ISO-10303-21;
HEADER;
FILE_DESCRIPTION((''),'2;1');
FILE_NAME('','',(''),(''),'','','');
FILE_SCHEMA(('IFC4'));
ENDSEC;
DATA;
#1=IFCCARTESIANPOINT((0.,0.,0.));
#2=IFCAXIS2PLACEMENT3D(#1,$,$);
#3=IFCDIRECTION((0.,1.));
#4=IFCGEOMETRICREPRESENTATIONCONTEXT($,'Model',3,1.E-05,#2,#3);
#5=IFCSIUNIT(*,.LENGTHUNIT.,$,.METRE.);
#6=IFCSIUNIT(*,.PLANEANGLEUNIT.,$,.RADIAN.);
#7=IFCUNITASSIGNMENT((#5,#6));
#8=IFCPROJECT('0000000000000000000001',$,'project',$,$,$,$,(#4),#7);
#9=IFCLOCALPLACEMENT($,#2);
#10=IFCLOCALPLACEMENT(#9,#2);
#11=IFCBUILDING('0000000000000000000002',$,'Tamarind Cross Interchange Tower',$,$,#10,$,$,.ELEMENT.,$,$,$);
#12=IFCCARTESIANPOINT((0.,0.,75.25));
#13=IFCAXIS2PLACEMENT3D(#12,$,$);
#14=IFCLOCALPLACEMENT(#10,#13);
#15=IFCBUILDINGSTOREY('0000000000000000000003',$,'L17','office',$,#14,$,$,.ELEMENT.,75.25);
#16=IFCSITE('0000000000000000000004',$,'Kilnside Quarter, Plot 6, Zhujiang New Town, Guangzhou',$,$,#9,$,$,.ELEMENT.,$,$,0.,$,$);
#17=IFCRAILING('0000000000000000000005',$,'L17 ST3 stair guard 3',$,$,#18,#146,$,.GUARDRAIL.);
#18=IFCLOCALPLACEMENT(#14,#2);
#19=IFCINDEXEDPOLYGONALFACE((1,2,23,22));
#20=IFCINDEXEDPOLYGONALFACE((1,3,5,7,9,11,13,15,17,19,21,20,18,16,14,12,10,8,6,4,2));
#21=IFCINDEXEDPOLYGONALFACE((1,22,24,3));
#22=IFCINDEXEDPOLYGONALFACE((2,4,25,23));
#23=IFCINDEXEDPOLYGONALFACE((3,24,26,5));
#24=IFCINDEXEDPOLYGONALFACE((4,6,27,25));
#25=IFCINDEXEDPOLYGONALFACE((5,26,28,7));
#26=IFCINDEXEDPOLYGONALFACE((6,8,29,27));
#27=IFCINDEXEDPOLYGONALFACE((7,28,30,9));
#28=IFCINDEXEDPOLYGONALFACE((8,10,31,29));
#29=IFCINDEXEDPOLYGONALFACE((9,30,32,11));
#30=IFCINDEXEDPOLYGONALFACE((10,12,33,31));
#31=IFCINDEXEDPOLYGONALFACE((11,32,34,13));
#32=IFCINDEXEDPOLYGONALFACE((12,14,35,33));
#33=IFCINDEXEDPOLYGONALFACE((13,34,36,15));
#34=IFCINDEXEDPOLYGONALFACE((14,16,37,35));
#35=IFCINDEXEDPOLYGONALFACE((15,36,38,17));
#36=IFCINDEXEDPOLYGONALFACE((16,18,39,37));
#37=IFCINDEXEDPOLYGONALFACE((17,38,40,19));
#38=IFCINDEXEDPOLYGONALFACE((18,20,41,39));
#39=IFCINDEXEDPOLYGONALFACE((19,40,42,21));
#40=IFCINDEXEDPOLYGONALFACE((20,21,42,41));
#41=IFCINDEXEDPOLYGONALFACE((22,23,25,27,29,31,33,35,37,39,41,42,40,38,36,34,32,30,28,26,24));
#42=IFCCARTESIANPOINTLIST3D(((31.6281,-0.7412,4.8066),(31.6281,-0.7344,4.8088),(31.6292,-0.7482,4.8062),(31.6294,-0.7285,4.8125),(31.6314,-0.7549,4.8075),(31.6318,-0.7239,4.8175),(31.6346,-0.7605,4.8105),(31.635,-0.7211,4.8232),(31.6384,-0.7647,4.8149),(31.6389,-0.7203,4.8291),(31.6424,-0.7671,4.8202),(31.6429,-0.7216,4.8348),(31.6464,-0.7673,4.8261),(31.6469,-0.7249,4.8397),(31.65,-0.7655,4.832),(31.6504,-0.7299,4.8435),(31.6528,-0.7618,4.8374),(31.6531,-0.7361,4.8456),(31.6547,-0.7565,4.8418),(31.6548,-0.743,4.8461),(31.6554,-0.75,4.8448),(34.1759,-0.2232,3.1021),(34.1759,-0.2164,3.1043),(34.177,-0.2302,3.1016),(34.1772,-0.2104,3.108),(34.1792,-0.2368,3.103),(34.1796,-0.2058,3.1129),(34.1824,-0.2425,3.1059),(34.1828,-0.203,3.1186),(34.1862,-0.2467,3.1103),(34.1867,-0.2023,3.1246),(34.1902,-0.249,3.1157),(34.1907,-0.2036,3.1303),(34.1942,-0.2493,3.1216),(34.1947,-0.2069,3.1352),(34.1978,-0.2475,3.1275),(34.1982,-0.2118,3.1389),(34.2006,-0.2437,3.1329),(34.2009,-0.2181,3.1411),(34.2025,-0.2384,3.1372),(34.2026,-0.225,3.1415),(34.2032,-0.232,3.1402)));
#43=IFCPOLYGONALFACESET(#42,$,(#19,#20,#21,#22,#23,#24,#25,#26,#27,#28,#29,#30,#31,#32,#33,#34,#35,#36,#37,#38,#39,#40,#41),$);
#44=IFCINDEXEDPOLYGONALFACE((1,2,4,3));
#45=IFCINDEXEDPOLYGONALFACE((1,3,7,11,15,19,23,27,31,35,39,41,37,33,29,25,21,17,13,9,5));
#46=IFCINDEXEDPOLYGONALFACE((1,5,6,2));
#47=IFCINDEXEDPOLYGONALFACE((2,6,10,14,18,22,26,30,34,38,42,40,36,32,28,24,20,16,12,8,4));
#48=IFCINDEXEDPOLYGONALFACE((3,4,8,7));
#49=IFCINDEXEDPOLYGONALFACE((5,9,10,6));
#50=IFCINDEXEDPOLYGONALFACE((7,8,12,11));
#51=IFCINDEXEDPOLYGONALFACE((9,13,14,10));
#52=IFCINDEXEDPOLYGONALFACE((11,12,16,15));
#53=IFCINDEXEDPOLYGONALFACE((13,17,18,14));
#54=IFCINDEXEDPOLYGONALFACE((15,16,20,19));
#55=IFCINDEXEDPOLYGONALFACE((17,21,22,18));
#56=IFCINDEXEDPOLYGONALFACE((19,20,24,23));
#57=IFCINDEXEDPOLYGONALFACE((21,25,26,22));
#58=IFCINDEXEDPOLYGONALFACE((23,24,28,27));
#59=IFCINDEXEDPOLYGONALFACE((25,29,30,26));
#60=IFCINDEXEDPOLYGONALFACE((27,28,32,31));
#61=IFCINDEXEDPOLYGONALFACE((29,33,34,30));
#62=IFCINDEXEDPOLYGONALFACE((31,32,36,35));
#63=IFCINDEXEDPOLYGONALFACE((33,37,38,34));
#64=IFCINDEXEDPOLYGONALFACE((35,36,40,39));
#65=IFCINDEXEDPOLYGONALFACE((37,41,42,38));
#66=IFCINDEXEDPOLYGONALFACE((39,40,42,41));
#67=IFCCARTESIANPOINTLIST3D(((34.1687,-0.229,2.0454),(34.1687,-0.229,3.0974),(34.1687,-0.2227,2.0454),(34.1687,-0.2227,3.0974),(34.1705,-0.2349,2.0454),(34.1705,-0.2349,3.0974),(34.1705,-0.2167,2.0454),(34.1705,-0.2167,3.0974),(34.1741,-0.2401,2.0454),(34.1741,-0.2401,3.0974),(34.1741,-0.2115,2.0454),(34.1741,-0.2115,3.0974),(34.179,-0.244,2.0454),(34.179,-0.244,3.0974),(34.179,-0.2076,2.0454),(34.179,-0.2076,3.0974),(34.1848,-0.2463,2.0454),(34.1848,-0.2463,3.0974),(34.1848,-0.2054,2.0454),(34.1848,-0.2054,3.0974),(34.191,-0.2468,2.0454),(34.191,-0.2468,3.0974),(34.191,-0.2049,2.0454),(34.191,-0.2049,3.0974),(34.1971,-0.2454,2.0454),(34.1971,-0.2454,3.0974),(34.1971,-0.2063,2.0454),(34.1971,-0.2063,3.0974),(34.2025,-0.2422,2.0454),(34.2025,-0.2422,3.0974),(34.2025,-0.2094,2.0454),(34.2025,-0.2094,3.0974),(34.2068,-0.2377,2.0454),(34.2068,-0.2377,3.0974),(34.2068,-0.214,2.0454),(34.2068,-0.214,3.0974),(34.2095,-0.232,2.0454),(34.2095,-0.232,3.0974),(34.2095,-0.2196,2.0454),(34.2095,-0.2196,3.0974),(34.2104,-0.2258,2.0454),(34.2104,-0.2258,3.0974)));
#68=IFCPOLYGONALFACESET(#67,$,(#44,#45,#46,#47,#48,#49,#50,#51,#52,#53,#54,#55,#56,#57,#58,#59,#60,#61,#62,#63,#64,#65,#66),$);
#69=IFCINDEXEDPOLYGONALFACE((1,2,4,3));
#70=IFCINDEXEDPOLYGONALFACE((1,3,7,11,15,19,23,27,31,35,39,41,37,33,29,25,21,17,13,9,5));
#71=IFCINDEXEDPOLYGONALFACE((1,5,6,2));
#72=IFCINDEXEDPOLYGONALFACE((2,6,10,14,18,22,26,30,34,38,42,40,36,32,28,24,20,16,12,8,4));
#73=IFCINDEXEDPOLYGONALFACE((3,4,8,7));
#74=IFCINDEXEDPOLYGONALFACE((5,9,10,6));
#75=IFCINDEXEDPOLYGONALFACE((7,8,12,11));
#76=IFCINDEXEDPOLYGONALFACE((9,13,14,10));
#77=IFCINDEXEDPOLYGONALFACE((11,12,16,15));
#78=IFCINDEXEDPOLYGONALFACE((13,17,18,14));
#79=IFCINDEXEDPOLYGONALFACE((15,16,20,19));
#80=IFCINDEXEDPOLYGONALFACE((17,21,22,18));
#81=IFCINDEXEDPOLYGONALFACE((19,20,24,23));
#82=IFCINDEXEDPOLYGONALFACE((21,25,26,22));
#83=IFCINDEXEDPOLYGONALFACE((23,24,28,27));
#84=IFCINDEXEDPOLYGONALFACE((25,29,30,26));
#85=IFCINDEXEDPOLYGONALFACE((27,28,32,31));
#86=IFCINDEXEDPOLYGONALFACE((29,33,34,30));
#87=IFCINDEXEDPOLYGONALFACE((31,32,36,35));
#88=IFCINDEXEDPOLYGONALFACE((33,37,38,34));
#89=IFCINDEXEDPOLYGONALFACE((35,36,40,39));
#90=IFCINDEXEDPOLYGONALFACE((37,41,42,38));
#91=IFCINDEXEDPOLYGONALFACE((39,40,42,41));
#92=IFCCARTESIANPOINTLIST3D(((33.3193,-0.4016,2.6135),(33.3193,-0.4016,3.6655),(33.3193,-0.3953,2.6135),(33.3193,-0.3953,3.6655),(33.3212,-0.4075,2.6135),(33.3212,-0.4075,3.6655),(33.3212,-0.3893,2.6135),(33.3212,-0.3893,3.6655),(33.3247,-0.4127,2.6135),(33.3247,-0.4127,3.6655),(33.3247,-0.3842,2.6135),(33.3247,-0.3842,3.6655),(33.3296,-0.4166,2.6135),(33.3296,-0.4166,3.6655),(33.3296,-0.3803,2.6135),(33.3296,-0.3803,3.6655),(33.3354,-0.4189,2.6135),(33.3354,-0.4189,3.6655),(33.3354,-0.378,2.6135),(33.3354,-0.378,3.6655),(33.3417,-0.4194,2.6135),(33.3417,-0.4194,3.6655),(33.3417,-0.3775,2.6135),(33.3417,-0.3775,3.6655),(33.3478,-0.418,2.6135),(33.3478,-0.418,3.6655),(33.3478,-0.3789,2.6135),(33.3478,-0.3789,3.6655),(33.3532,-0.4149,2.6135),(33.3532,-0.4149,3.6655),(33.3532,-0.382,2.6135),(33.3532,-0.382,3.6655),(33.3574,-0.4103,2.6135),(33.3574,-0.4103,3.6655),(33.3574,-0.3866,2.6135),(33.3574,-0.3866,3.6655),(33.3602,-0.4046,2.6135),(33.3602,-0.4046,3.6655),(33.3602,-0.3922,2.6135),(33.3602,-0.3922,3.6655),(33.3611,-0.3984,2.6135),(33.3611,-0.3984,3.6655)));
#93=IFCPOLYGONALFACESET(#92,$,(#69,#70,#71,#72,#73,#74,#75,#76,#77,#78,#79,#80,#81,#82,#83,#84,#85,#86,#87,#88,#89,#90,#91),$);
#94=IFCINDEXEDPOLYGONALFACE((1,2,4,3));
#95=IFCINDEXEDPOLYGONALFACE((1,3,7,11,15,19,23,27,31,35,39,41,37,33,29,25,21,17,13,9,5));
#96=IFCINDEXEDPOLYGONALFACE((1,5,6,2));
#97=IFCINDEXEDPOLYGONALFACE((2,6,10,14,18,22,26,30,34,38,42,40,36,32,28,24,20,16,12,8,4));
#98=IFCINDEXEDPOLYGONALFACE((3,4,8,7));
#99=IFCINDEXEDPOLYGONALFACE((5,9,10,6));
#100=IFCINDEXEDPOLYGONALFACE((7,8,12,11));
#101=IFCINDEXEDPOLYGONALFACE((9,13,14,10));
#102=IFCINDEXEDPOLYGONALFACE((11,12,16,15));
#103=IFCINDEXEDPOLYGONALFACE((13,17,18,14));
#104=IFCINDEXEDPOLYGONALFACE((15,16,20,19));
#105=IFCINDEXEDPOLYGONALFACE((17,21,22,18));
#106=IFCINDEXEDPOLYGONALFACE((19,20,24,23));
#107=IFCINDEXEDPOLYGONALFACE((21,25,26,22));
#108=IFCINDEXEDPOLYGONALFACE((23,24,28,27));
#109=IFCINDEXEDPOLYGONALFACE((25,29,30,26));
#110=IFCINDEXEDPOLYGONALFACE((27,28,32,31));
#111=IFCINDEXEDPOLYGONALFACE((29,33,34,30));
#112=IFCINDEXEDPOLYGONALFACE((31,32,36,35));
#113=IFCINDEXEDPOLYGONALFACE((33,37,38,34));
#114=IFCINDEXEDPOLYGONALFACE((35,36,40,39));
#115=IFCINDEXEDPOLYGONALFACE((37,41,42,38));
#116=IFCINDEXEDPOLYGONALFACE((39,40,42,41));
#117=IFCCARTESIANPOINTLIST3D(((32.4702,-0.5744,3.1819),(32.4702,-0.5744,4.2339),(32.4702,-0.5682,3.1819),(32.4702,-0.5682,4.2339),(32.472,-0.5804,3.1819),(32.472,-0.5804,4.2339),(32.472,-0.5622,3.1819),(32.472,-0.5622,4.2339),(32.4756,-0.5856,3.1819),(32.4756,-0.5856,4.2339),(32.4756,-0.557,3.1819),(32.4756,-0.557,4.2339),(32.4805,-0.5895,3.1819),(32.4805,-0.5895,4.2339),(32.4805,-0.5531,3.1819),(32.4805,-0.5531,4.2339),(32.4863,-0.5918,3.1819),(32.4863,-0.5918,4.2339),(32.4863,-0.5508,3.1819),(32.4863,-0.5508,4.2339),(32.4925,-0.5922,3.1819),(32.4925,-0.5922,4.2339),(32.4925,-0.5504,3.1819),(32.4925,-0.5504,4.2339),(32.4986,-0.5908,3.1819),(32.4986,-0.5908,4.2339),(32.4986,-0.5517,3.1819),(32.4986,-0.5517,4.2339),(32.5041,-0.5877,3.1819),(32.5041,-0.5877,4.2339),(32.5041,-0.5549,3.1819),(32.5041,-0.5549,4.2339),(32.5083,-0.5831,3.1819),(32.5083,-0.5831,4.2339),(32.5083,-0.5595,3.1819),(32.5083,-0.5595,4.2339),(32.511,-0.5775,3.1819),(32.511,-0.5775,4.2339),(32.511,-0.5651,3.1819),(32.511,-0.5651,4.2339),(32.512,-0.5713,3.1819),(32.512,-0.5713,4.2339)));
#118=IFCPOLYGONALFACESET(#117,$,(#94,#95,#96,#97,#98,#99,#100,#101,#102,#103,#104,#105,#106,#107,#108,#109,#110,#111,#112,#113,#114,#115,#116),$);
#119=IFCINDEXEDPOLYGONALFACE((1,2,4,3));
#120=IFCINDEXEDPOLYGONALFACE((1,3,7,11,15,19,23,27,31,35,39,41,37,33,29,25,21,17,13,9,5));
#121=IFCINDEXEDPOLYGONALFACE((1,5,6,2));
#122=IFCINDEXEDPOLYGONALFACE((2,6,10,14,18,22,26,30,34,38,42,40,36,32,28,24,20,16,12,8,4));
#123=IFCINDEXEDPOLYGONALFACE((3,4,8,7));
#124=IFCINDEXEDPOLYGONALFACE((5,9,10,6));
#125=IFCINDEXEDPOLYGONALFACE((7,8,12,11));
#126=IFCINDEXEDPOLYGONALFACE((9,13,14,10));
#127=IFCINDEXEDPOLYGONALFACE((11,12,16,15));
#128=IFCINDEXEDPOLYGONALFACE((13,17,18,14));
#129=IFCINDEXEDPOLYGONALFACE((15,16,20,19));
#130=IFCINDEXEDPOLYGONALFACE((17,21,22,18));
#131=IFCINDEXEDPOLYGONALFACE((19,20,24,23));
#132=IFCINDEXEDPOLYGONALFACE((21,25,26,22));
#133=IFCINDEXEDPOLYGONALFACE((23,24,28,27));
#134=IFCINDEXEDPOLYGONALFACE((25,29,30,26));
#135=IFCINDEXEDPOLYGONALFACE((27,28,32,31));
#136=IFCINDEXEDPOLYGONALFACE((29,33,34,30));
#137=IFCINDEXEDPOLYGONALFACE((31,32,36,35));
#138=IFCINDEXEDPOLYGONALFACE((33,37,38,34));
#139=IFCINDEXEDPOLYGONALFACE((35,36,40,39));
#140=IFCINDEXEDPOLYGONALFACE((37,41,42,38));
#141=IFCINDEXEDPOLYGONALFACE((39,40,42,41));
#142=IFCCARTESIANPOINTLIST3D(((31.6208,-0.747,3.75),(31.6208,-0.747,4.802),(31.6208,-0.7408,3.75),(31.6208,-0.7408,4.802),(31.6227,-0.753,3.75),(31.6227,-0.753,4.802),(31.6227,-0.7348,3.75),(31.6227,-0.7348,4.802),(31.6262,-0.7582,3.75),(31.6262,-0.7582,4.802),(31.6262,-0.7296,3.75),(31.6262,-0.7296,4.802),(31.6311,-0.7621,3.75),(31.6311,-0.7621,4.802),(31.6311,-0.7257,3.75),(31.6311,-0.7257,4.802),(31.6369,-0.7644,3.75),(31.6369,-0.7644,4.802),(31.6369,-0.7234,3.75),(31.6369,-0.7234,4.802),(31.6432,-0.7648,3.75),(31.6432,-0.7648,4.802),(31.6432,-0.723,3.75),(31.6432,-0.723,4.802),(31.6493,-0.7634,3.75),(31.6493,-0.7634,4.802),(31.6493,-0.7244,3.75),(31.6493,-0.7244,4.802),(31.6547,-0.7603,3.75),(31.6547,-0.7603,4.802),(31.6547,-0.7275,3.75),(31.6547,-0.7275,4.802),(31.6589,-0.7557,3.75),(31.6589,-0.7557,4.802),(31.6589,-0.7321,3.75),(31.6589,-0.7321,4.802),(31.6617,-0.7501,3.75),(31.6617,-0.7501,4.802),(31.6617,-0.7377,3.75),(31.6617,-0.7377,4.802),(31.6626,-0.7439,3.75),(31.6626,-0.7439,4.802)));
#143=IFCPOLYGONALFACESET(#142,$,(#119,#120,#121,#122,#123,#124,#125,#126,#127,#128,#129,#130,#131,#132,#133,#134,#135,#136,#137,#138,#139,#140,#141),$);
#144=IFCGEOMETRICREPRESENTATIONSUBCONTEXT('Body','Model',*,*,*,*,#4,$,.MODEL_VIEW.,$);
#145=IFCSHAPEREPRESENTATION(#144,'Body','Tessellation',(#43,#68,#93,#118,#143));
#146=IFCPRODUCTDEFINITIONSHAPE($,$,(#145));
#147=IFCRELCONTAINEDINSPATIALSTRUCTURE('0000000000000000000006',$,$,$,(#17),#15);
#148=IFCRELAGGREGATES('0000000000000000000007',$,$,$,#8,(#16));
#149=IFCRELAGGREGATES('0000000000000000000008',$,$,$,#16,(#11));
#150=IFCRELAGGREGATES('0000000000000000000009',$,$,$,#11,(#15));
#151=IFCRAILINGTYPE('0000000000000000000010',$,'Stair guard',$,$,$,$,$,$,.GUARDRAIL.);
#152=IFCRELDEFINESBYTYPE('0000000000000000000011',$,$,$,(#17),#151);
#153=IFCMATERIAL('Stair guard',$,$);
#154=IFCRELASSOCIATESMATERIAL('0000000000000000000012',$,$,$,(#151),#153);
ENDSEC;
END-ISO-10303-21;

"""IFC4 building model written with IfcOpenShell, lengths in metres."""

from ifc_helpers import new_model, si_unit, direction, frame, origin, origin_2d, place, context, subcontext, project, spatial, circle, extrude, material, type_object, element, save


model = new_model("IFC4")

# Units and contexts
model_context = context("Model", 3, precision=1e-05, world=origin(), true_north=direction((0.0, 1.0)))
body_context = subcontext(model_context, "Body", "Model", "MODEL_VIEW")
ifc_project = project(units=[si_unit("LENGTHUNIT", "METRE"), si_unit("PLANEANGLEUNIT", "RADIAN")], contexts=[model_context])

# Site, building, storey
site_placement = place(None, origin())
site = spatial("IfcSite", under=ifc_project, at=site_placement, Name="Kilnside Quarter, Plot 6, Zhujiang New Town, Guangzhou", CompositionType="ELEMENT", RefElevation=0.0)
building_placement = place(site_placement, origin())
building = spatial("IfcBuilding", under=site, at=building_placement, Name="Tamarind Cross Interchange Tower", CompositionType="ELEMENT")
storey_placement = place(building_placement, frame((0.0, 0.0, 75.25)))
storey = spatial("IfcBuildingStorey", under=building, at=storey_placement, Name="L17", Description="office", CompositionType="ELEMENT", Elevation=75.25)

# Railing
ifc_material_1 = material(Name="Stair guard")
railing_type_1 = type_object("IfcRailingType", Name="Stair guard", PredefinedType="GUARDRAIL", material=ifc_material_1)
railing_1_placement = place(storey_placement, frame((34.1895, -0.2258, 2.0454)))
element("IfcRailing", 1, at=railing_1_placement, inside=storey, type_object=railing_type_1, Name="L17 ST3 stair guard 3", PredefinedType="GUARDRAIL", context=body_context, shape_type="SweptSolid", body=[
    extrude(circle(Radius=0.0239, at=origin_2d()), frame((0.0, 0.0, 1.0762), z_axis=(-0.819522, -0.166637, 0.548285), x_axis=(0.199257, -0.979947, 0.0)), (0.0, 0.0, 1.0), 3.1089),
    extrude(circle(Radius=0.021, at=origin_2d()), origin(), (0.0, 0.0, 1.0), 1.052),
    extrude(circle(Radius=0.021, at=origin_2d()), frame((-0.8494, -0.1726, 0.5681)), (0.0, 0.0, 1.0), 1.052),
    extrude(circle(Radius=0.021, at=origin_2d()), frame((-1.6985, -0.3455, 1.1365)), (0.0, 0.0, 1.0), 1.052),
    extrude(circle(Radius=0.021, at=origin_2d()), frame((-2.5479, -0.5181, 1.7046)), (0.0, 0.0, 1.0), 1.052),
])

save(model, "model.ifc")
